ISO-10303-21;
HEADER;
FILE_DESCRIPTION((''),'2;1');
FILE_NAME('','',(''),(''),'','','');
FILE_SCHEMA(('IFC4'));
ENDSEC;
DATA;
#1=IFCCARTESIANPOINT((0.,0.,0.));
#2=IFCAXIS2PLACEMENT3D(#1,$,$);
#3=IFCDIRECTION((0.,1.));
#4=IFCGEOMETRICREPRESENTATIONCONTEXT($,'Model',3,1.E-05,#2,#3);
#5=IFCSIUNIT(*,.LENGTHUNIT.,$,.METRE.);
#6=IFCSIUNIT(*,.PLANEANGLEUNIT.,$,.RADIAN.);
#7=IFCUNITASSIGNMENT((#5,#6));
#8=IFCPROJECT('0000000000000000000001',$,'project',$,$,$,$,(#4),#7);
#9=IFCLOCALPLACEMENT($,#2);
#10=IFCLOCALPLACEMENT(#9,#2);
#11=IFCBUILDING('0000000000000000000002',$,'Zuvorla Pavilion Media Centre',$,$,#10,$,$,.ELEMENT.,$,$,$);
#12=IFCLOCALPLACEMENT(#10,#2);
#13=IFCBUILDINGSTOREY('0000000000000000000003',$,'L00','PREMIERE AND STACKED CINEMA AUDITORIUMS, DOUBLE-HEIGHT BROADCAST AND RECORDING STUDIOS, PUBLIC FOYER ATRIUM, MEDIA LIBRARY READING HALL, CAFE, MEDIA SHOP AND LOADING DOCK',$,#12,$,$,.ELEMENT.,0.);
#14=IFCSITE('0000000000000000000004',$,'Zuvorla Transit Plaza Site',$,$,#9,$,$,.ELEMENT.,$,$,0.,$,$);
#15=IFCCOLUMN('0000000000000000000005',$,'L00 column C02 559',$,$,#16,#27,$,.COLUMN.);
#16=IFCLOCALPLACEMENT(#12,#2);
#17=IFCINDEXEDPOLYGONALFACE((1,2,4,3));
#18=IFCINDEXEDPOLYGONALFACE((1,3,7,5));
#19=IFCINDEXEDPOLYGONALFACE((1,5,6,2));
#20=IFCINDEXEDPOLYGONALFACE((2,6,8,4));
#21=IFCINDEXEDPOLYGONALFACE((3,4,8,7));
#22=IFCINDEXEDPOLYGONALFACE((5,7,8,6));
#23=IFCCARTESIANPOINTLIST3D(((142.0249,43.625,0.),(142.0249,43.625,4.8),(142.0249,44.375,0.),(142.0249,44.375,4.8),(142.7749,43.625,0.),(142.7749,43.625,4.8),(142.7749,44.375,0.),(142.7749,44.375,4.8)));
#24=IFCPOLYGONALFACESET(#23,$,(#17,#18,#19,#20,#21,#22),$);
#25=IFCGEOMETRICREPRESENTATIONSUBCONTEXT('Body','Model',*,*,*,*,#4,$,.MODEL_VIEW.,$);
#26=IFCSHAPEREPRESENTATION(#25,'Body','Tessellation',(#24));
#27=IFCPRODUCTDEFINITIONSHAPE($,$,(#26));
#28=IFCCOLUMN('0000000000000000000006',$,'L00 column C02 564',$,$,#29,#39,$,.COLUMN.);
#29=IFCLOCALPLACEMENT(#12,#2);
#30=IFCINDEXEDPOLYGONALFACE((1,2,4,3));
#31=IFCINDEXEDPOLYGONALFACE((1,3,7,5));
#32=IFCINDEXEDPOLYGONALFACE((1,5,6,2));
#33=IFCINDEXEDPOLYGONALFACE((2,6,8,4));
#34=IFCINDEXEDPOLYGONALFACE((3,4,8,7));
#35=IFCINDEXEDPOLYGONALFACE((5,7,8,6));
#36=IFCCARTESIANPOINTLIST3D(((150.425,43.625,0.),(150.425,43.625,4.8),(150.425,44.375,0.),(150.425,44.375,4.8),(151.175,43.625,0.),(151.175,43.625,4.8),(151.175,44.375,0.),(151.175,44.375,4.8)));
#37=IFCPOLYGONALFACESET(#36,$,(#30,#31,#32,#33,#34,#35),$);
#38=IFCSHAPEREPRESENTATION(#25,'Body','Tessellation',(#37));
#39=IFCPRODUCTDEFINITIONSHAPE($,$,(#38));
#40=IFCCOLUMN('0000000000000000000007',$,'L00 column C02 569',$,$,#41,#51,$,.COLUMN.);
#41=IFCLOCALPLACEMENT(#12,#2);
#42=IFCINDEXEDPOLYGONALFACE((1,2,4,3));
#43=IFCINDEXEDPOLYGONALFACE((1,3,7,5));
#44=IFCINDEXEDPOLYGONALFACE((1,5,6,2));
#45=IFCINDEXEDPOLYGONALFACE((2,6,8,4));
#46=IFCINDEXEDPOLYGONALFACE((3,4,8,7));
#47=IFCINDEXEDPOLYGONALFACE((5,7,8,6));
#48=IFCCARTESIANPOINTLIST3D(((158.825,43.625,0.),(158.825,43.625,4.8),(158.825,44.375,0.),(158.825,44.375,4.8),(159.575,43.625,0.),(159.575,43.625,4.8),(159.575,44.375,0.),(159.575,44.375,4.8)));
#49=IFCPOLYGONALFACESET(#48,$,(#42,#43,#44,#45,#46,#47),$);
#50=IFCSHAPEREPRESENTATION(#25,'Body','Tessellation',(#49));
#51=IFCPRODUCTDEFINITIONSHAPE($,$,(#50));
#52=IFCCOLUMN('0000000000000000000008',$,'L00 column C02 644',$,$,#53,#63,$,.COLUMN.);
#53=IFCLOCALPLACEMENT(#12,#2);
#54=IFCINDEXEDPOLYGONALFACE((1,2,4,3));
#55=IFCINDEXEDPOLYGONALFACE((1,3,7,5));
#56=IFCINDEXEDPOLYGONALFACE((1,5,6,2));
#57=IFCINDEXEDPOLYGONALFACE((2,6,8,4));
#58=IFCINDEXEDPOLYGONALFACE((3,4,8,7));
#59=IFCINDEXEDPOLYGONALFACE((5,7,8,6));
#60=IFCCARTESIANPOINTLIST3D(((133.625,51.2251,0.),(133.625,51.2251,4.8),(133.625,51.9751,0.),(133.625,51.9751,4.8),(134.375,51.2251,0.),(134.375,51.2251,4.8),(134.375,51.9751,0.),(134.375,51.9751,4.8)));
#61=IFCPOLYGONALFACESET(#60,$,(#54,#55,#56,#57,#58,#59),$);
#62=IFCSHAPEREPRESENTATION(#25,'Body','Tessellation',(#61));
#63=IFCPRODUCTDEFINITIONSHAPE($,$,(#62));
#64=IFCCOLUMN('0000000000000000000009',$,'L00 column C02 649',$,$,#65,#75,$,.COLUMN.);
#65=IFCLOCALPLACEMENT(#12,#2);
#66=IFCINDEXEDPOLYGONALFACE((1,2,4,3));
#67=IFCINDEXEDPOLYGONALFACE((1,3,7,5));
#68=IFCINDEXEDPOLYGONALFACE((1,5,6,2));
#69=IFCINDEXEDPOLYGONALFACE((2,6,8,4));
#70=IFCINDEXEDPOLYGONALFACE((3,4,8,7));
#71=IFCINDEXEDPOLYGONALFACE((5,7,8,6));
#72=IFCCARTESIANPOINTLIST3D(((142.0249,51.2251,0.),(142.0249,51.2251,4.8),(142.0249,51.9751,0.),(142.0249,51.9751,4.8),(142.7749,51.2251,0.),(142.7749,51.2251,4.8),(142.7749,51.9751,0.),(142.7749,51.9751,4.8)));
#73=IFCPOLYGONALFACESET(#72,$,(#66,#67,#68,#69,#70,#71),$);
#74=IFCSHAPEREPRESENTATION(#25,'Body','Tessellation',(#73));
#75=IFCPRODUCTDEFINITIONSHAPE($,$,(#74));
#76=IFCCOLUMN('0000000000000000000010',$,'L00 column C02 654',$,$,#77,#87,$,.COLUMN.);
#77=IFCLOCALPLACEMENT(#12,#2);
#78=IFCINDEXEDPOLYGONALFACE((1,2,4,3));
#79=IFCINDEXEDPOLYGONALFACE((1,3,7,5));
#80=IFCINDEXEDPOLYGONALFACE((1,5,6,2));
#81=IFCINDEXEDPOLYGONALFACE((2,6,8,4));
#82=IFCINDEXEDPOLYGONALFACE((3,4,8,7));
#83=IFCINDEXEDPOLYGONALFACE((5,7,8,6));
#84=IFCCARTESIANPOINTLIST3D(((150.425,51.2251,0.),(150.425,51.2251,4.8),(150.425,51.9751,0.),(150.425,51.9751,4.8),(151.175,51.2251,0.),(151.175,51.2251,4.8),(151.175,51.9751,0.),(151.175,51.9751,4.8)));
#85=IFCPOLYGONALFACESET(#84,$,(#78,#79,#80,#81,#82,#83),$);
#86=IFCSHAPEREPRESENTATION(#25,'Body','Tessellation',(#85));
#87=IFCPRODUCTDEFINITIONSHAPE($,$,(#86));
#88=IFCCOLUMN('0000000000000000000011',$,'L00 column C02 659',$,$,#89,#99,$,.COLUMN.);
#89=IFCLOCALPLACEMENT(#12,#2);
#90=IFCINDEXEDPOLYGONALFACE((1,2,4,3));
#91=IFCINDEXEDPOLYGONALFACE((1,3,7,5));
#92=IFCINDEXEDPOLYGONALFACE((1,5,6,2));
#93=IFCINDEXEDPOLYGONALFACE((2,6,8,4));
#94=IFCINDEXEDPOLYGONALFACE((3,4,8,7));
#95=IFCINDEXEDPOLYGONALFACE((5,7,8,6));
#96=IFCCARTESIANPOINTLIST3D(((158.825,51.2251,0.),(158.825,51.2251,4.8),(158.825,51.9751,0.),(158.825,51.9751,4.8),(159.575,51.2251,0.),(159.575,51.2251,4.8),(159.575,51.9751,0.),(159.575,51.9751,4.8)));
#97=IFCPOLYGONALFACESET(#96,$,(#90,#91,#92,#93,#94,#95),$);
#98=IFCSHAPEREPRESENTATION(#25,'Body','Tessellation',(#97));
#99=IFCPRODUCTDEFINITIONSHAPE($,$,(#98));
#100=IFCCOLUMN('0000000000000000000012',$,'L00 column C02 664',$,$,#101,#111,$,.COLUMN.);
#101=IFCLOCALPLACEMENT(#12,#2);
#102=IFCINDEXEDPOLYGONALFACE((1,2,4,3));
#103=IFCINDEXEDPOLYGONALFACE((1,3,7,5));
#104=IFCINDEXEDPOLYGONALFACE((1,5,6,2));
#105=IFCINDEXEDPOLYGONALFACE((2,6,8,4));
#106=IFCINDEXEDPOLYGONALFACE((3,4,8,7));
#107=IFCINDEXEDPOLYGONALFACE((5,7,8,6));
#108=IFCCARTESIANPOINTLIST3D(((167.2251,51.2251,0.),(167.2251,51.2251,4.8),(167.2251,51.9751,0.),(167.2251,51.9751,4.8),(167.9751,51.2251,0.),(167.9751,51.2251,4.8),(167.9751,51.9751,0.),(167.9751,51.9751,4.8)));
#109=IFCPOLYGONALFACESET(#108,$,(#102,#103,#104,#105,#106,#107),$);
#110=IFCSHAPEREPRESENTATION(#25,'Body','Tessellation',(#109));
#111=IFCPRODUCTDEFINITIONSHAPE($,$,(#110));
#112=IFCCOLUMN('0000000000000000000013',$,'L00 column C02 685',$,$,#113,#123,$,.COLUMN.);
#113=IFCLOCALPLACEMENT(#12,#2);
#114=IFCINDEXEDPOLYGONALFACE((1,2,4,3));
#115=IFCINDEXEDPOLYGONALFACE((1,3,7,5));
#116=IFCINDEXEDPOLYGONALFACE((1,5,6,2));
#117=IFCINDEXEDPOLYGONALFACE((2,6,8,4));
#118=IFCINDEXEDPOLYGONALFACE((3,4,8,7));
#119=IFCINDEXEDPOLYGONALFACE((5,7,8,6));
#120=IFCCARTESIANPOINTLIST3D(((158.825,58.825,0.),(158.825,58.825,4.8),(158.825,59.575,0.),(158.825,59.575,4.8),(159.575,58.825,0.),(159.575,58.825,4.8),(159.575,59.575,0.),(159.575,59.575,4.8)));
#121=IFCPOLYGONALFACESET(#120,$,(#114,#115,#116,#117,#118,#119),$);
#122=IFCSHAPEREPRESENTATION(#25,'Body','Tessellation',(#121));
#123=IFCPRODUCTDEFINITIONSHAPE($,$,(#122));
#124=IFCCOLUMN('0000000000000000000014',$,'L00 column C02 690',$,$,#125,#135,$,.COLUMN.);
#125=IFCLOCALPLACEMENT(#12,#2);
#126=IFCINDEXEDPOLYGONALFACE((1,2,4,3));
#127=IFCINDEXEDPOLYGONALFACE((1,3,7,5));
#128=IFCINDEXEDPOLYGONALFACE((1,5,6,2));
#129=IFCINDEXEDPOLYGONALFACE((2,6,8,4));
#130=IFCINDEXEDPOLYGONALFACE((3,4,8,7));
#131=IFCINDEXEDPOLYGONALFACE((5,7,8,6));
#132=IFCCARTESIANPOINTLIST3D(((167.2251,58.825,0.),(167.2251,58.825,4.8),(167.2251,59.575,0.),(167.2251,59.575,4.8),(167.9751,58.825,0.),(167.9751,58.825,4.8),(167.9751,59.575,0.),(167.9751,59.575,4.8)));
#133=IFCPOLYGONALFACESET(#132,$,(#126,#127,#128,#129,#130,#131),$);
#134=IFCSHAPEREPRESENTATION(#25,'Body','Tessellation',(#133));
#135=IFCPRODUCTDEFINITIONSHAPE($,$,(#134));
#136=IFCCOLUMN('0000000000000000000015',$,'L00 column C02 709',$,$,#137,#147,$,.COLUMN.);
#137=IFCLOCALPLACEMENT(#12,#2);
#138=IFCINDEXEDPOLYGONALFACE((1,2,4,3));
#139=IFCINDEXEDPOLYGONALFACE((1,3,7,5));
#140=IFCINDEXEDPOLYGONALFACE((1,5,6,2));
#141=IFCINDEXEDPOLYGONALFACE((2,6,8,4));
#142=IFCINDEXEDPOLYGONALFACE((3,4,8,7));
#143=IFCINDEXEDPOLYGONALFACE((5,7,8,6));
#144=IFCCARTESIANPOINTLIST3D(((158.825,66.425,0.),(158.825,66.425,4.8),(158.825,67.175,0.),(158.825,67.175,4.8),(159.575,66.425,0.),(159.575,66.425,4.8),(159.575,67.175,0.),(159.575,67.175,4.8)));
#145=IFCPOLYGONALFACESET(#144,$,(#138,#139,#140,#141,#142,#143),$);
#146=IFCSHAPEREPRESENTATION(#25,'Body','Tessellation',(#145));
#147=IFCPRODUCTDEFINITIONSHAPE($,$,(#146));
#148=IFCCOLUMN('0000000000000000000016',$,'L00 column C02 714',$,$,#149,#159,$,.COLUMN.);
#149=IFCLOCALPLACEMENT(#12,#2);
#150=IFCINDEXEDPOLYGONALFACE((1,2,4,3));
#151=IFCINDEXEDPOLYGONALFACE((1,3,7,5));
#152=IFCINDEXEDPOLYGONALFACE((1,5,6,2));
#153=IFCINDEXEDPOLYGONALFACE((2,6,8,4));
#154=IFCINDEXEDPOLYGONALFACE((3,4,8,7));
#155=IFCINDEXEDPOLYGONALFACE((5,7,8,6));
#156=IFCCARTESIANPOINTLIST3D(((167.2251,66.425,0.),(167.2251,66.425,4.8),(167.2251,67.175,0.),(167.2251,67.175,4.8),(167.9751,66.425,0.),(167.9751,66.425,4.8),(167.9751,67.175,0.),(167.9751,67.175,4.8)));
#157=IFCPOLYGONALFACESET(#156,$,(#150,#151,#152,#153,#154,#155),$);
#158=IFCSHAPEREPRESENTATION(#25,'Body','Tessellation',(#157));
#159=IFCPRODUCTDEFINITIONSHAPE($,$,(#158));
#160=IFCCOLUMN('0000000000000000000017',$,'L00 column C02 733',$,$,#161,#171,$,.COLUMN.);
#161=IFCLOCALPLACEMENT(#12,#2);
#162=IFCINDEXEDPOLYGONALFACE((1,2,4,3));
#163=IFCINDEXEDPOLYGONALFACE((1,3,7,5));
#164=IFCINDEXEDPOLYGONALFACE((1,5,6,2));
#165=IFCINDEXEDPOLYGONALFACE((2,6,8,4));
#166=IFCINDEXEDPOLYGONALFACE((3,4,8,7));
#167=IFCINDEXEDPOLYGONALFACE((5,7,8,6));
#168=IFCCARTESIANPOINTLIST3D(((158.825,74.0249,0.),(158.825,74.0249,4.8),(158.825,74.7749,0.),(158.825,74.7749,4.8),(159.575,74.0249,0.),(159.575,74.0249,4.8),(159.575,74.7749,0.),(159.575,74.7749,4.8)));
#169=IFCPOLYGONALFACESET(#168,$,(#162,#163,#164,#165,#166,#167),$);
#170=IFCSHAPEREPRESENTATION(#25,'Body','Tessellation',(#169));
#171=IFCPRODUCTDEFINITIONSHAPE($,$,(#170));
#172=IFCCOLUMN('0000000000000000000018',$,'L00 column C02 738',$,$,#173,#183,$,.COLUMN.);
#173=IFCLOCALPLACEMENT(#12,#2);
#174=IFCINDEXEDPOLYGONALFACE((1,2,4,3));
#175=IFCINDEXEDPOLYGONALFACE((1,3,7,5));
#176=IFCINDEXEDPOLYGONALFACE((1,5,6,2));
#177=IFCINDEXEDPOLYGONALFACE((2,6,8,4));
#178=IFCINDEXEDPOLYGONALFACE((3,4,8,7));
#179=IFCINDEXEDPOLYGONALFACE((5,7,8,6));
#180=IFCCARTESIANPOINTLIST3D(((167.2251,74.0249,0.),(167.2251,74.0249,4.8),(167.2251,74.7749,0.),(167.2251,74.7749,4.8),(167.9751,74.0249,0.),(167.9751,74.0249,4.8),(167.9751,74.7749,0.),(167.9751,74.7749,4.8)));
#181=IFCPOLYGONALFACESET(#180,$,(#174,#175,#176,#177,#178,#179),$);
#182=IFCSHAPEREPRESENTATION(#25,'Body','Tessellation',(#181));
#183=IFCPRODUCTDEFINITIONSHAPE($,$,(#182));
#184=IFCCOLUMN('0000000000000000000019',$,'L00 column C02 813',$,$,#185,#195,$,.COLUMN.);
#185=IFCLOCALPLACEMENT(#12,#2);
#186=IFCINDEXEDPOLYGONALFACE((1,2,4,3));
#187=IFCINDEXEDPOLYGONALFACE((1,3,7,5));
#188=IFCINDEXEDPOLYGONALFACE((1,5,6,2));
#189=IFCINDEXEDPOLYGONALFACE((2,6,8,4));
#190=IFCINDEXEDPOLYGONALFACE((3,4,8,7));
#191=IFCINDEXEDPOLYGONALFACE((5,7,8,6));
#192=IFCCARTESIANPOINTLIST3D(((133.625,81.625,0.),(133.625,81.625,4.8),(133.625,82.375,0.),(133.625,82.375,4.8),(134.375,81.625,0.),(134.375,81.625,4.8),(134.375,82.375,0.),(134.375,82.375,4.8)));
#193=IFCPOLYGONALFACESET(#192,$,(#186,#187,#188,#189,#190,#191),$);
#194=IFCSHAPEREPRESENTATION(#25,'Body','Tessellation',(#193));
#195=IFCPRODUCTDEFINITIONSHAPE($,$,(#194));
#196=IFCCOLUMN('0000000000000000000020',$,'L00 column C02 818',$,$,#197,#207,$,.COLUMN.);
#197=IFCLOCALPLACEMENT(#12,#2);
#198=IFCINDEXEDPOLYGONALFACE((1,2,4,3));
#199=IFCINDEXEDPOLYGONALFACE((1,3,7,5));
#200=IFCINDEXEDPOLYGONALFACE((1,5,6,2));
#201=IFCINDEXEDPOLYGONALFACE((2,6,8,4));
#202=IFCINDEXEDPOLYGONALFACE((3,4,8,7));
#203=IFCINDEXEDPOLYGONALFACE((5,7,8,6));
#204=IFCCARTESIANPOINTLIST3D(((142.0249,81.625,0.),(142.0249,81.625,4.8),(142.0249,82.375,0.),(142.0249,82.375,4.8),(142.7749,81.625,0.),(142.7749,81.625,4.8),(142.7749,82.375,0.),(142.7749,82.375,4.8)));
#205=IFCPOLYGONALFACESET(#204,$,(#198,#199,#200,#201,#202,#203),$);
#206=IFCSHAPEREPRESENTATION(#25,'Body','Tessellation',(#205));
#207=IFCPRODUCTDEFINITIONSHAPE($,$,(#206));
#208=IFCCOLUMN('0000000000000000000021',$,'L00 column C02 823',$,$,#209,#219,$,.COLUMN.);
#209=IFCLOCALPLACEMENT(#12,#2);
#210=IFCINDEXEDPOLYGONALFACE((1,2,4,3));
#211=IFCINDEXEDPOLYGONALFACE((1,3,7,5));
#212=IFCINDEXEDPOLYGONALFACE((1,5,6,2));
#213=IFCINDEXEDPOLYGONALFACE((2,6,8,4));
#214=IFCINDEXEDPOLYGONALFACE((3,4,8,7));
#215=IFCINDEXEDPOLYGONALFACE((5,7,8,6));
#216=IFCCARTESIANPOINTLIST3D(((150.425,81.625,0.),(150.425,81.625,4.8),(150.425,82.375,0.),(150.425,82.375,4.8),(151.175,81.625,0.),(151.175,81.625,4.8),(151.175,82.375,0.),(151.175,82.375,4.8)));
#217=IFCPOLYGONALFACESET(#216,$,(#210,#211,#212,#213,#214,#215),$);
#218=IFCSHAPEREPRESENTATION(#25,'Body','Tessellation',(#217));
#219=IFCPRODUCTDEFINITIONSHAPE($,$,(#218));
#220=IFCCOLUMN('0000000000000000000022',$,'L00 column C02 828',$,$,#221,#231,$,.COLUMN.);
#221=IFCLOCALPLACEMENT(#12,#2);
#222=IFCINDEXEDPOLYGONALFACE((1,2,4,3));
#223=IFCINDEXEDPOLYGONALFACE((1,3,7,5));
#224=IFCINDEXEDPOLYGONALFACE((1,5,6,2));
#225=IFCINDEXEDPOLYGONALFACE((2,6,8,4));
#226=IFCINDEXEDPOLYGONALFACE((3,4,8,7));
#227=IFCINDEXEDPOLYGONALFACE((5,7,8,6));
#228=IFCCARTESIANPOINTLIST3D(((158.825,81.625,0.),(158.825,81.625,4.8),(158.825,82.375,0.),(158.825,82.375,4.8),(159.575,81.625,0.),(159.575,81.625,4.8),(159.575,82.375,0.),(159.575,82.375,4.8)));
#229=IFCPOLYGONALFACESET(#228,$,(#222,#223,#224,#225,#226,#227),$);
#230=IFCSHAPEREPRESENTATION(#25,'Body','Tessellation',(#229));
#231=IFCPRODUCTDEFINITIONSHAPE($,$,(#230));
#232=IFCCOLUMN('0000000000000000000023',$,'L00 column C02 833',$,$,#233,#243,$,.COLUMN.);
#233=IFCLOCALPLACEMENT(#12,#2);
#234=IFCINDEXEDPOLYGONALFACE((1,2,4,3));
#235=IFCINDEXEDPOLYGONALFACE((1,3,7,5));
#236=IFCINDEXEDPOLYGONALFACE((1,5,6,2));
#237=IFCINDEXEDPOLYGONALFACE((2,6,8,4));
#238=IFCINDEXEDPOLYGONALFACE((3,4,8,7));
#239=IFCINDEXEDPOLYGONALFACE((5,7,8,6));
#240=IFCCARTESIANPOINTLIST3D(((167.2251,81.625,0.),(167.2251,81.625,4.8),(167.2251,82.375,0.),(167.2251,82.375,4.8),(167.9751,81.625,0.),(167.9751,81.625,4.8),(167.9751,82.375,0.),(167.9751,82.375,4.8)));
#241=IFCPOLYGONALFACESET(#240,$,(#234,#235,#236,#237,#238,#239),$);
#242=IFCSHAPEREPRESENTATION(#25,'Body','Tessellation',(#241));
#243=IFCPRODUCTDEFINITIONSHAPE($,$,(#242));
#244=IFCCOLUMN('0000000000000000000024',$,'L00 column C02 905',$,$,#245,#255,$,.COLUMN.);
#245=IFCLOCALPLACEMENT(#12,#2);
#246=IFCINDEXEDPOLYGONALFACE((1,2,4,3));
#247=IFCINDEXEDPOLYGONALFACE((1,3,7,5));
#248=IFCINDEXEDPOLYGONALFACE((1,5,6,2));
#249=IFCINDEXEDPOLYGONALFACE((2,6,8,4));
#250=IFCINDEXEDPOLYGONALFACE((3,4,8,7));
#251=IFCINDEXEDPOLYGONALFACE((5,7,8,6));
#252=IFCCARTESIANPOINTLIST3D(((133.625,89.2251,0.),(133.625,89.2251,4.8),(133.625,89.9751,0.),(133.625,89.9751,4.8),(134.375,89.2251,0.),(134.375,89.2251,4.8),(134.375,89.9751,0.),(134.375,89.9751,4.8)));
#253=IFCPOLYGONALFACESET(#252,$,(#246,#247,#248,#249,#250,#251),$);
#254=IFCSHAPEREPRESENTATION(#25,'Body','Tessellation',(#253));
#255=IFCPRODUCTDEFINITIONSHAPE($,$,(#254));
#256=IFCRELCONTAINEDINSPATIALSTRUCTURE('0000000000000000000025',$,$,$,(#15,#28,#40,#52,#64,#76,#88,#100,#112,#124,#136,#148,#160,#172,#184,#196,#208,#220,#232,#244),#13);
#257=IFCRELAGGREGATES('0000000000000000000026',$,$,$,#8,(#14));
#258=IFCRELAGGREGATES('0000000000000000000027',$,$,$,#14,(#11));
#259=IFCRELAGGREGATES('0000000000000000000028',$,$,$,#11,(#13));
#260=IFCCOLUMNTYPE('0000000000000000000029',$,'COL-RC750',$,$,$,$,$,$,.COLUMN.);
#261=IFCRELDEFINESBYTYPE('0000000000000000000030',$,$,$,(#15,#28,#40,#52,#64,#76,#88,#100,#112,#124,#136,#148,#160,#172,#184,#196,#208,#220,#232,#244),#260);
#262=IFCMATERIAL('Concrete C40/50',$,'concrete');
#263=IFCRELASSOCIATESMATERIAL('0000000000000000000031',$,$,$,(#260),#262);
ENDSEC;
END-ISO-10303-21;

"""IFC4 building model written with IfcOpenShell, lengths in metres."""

from ifc_helpers import new_model, si_unit, direction, frame, origin, origin_2d, place, context, subcontext, project, spatial, rectangle, extrude, material, material_profile, profile_set, type_object, element, save


model = new_model("IFC4")

# Units and contexts
model_context = context("Model", 3, precision=1e-05, world=origin(), true_north=direction((0.0, 1.0)))
body_context = subcontext(model_context, "Body", "Model", "MODEL_VIEW")
ifc_project = project(units=[si_unit("LENGTHUNIT", "METRE"), si_unit("PLANEANGLEUNIT", "RADIAN")], contexts=[model_context])

# Site, building, storey
site_placement = place(None, origin())
site = spatial("IfcSite", under=ifc_project, at=site_placement, Name="Zuvorla Transit Plaza Site", CompositionType="ELEMENT", RefElevation=0.0)
building_placement = place(site_placement, origin())
building = spatial("IfcBuilding", under=site, at=building_placement, Name="Zuvorla Pavilion Media Centre", CompositionType="ELEMENT")
storey_placement = place(building_placement, origin())
storey = spatial("IfcBuildingStorey", under=building, at=storey_placement, Name="L00", Description="PREMIERE AND STACKED CINEMA AUDITORIUMS, DOUBLE-HEIGHT BROADCAST AND RECORDING STUDIOS, PUBLIC FOYER ATRIUM, MEDIA LIBRARY READING HALL, CAFE, MEDIA SHOP AND LOADING DOCK", CompositionType="ELEMENT", Elevation=0.0)

# Columns
ifc_material_1 = material(Name="Concrete C40/50", Category="concrete")
ifc_material_profile_1 = material_profile(ifc_material_1, rectangle(XDim=0.75, YDim=0.75, at=origin_2d()), Name="RC 750x750")
ifc_profile_set_1 = profile_set([ifc_material_profile_1], Name="Concrete C40/50")
column_type = type_object("IfcColumnType", Name="COL-RC750", PredefinedType="COLUMN", material=ifc_profile_set_1)
for number, where, z_axis, x_axis, name in (
    (1, (142.3999, 44.0, 0.0), (0.0, 0.0, 1.0), (1.0, 0.0, 0.0), "L00 column C02 559"),
    (2, (150.8, 44.0, 0.0), (0.0, 0.0, 1.0), (1.0, 0.0, 0.0), "L00 column C02 564"),
    (3, (159.2, 44.0, 0.0), (0.0, 0.0, 1.0), (1.0, 0.0, 0.0), "L00 column C02 569"),
    (4, (134.0, 51.6001, 0.0), (0.0, 0.0, 1.0), (1.0, 0.0, 0.0), "L00 column C02 644"),
    (5, (142.3999, 51.6001, 0.0), (0.0, 0.0, 1.0), (1.0, 0.0, 0.0), "L00 column C02 649"),
    (6, (150.8, 51.6001, 0.0), (0.0, 0.0, 1.0), (1.0, 0.0, 0.0), "L00 column C02 654"),
    (7, (159.2, 51.6001, 0.0), (0.0, 0.0, 1.0), (1.0, 0.0, 0.0), "L00 column C02 659"),
    (8, (167.6001, 51.6001, 0.0), (0.0, 0.0, 1.0), (1.0, 0.0, 0.0), "L00 column C02 664"),
    (9, (159.2, 59.2, 0.0), (0.0, 0.0, 1.0), (1.0, 0.0, 0.0), "L00 column C02 685"),
    (10, (167.6001, 59.2, 0.0), (0.0, 0.0, 1.0), (1.0, 0.0, 0.0), "L00 column C02 690"),
    (11, (159.2, 66.8, 0.0), (0.0, 0.0, 1.0), (1.0, 0.0, 0.0), "L00 column C02 709"),
    (12, (167.6001, 66.8, 0.0), (0.0, 0.0, 1.0), (1.0, 0.0, 0.0), "L00 column C02 714"),
    (13, (159.2, 74.3999, 0.0), (0.0, 0.0, 1.0), (1.0, 0.0, 0.0), "L00 column C02 733"),
    (14, (167.6001, 74.3999, 0.0), (0.0, 0.0, 1.0), (1.0, 0.0, 0.0), "L00 column C02 738"),
    (15, (134.0, 82.0, 0.0), (0.0, 0.0, 1.0), (1.0, 0.0, 0.0), "L00 column C02 813"),
    (16, (142.3999, 82.0, 0.0), (0.0, 0.0, 1.0), (1.0, 0.0, 0.0), "L00 column C02 818"),
    (17, (150.8, 82.0, 0.0), (0.0, 0.0, 1.0), (1.0, 0.0, 0.0), "L00 column C02 823"),
    (18, (159.2, 82.0, 0.0), (0.0, 0.0, 1.0), (1.0, 0.0, 0.0), "L00 column C02 828"),
    (19, (167.6001, 82.0, 0.0), (0.0, 0.0, 1.0), (1.0, 0.0, 0.0), "L00 column C02 833"),
    (20, (134.0, 89.6001, 0.0), (0.0, 0.0, 1.0), (1.0, 0.0, 0.0), "L00 column C02 905"),
):
    element("IfcColumn", number, at=place(storey_placement, frame(where, z_axis=z_axis, x_axis=x_axis)), inside=storey, type_object=column_type, Name=name, PredefinedType="COLUMN", context=body_context, shape_type="SweptSolid", body=[
        extrude(rectangle(XDim=0.75, YDim=0.75, at=origin_2d()), origin(), (0.0, 0.0, 1.0), 4.8),
    ])

save(model, "model.ifc")
